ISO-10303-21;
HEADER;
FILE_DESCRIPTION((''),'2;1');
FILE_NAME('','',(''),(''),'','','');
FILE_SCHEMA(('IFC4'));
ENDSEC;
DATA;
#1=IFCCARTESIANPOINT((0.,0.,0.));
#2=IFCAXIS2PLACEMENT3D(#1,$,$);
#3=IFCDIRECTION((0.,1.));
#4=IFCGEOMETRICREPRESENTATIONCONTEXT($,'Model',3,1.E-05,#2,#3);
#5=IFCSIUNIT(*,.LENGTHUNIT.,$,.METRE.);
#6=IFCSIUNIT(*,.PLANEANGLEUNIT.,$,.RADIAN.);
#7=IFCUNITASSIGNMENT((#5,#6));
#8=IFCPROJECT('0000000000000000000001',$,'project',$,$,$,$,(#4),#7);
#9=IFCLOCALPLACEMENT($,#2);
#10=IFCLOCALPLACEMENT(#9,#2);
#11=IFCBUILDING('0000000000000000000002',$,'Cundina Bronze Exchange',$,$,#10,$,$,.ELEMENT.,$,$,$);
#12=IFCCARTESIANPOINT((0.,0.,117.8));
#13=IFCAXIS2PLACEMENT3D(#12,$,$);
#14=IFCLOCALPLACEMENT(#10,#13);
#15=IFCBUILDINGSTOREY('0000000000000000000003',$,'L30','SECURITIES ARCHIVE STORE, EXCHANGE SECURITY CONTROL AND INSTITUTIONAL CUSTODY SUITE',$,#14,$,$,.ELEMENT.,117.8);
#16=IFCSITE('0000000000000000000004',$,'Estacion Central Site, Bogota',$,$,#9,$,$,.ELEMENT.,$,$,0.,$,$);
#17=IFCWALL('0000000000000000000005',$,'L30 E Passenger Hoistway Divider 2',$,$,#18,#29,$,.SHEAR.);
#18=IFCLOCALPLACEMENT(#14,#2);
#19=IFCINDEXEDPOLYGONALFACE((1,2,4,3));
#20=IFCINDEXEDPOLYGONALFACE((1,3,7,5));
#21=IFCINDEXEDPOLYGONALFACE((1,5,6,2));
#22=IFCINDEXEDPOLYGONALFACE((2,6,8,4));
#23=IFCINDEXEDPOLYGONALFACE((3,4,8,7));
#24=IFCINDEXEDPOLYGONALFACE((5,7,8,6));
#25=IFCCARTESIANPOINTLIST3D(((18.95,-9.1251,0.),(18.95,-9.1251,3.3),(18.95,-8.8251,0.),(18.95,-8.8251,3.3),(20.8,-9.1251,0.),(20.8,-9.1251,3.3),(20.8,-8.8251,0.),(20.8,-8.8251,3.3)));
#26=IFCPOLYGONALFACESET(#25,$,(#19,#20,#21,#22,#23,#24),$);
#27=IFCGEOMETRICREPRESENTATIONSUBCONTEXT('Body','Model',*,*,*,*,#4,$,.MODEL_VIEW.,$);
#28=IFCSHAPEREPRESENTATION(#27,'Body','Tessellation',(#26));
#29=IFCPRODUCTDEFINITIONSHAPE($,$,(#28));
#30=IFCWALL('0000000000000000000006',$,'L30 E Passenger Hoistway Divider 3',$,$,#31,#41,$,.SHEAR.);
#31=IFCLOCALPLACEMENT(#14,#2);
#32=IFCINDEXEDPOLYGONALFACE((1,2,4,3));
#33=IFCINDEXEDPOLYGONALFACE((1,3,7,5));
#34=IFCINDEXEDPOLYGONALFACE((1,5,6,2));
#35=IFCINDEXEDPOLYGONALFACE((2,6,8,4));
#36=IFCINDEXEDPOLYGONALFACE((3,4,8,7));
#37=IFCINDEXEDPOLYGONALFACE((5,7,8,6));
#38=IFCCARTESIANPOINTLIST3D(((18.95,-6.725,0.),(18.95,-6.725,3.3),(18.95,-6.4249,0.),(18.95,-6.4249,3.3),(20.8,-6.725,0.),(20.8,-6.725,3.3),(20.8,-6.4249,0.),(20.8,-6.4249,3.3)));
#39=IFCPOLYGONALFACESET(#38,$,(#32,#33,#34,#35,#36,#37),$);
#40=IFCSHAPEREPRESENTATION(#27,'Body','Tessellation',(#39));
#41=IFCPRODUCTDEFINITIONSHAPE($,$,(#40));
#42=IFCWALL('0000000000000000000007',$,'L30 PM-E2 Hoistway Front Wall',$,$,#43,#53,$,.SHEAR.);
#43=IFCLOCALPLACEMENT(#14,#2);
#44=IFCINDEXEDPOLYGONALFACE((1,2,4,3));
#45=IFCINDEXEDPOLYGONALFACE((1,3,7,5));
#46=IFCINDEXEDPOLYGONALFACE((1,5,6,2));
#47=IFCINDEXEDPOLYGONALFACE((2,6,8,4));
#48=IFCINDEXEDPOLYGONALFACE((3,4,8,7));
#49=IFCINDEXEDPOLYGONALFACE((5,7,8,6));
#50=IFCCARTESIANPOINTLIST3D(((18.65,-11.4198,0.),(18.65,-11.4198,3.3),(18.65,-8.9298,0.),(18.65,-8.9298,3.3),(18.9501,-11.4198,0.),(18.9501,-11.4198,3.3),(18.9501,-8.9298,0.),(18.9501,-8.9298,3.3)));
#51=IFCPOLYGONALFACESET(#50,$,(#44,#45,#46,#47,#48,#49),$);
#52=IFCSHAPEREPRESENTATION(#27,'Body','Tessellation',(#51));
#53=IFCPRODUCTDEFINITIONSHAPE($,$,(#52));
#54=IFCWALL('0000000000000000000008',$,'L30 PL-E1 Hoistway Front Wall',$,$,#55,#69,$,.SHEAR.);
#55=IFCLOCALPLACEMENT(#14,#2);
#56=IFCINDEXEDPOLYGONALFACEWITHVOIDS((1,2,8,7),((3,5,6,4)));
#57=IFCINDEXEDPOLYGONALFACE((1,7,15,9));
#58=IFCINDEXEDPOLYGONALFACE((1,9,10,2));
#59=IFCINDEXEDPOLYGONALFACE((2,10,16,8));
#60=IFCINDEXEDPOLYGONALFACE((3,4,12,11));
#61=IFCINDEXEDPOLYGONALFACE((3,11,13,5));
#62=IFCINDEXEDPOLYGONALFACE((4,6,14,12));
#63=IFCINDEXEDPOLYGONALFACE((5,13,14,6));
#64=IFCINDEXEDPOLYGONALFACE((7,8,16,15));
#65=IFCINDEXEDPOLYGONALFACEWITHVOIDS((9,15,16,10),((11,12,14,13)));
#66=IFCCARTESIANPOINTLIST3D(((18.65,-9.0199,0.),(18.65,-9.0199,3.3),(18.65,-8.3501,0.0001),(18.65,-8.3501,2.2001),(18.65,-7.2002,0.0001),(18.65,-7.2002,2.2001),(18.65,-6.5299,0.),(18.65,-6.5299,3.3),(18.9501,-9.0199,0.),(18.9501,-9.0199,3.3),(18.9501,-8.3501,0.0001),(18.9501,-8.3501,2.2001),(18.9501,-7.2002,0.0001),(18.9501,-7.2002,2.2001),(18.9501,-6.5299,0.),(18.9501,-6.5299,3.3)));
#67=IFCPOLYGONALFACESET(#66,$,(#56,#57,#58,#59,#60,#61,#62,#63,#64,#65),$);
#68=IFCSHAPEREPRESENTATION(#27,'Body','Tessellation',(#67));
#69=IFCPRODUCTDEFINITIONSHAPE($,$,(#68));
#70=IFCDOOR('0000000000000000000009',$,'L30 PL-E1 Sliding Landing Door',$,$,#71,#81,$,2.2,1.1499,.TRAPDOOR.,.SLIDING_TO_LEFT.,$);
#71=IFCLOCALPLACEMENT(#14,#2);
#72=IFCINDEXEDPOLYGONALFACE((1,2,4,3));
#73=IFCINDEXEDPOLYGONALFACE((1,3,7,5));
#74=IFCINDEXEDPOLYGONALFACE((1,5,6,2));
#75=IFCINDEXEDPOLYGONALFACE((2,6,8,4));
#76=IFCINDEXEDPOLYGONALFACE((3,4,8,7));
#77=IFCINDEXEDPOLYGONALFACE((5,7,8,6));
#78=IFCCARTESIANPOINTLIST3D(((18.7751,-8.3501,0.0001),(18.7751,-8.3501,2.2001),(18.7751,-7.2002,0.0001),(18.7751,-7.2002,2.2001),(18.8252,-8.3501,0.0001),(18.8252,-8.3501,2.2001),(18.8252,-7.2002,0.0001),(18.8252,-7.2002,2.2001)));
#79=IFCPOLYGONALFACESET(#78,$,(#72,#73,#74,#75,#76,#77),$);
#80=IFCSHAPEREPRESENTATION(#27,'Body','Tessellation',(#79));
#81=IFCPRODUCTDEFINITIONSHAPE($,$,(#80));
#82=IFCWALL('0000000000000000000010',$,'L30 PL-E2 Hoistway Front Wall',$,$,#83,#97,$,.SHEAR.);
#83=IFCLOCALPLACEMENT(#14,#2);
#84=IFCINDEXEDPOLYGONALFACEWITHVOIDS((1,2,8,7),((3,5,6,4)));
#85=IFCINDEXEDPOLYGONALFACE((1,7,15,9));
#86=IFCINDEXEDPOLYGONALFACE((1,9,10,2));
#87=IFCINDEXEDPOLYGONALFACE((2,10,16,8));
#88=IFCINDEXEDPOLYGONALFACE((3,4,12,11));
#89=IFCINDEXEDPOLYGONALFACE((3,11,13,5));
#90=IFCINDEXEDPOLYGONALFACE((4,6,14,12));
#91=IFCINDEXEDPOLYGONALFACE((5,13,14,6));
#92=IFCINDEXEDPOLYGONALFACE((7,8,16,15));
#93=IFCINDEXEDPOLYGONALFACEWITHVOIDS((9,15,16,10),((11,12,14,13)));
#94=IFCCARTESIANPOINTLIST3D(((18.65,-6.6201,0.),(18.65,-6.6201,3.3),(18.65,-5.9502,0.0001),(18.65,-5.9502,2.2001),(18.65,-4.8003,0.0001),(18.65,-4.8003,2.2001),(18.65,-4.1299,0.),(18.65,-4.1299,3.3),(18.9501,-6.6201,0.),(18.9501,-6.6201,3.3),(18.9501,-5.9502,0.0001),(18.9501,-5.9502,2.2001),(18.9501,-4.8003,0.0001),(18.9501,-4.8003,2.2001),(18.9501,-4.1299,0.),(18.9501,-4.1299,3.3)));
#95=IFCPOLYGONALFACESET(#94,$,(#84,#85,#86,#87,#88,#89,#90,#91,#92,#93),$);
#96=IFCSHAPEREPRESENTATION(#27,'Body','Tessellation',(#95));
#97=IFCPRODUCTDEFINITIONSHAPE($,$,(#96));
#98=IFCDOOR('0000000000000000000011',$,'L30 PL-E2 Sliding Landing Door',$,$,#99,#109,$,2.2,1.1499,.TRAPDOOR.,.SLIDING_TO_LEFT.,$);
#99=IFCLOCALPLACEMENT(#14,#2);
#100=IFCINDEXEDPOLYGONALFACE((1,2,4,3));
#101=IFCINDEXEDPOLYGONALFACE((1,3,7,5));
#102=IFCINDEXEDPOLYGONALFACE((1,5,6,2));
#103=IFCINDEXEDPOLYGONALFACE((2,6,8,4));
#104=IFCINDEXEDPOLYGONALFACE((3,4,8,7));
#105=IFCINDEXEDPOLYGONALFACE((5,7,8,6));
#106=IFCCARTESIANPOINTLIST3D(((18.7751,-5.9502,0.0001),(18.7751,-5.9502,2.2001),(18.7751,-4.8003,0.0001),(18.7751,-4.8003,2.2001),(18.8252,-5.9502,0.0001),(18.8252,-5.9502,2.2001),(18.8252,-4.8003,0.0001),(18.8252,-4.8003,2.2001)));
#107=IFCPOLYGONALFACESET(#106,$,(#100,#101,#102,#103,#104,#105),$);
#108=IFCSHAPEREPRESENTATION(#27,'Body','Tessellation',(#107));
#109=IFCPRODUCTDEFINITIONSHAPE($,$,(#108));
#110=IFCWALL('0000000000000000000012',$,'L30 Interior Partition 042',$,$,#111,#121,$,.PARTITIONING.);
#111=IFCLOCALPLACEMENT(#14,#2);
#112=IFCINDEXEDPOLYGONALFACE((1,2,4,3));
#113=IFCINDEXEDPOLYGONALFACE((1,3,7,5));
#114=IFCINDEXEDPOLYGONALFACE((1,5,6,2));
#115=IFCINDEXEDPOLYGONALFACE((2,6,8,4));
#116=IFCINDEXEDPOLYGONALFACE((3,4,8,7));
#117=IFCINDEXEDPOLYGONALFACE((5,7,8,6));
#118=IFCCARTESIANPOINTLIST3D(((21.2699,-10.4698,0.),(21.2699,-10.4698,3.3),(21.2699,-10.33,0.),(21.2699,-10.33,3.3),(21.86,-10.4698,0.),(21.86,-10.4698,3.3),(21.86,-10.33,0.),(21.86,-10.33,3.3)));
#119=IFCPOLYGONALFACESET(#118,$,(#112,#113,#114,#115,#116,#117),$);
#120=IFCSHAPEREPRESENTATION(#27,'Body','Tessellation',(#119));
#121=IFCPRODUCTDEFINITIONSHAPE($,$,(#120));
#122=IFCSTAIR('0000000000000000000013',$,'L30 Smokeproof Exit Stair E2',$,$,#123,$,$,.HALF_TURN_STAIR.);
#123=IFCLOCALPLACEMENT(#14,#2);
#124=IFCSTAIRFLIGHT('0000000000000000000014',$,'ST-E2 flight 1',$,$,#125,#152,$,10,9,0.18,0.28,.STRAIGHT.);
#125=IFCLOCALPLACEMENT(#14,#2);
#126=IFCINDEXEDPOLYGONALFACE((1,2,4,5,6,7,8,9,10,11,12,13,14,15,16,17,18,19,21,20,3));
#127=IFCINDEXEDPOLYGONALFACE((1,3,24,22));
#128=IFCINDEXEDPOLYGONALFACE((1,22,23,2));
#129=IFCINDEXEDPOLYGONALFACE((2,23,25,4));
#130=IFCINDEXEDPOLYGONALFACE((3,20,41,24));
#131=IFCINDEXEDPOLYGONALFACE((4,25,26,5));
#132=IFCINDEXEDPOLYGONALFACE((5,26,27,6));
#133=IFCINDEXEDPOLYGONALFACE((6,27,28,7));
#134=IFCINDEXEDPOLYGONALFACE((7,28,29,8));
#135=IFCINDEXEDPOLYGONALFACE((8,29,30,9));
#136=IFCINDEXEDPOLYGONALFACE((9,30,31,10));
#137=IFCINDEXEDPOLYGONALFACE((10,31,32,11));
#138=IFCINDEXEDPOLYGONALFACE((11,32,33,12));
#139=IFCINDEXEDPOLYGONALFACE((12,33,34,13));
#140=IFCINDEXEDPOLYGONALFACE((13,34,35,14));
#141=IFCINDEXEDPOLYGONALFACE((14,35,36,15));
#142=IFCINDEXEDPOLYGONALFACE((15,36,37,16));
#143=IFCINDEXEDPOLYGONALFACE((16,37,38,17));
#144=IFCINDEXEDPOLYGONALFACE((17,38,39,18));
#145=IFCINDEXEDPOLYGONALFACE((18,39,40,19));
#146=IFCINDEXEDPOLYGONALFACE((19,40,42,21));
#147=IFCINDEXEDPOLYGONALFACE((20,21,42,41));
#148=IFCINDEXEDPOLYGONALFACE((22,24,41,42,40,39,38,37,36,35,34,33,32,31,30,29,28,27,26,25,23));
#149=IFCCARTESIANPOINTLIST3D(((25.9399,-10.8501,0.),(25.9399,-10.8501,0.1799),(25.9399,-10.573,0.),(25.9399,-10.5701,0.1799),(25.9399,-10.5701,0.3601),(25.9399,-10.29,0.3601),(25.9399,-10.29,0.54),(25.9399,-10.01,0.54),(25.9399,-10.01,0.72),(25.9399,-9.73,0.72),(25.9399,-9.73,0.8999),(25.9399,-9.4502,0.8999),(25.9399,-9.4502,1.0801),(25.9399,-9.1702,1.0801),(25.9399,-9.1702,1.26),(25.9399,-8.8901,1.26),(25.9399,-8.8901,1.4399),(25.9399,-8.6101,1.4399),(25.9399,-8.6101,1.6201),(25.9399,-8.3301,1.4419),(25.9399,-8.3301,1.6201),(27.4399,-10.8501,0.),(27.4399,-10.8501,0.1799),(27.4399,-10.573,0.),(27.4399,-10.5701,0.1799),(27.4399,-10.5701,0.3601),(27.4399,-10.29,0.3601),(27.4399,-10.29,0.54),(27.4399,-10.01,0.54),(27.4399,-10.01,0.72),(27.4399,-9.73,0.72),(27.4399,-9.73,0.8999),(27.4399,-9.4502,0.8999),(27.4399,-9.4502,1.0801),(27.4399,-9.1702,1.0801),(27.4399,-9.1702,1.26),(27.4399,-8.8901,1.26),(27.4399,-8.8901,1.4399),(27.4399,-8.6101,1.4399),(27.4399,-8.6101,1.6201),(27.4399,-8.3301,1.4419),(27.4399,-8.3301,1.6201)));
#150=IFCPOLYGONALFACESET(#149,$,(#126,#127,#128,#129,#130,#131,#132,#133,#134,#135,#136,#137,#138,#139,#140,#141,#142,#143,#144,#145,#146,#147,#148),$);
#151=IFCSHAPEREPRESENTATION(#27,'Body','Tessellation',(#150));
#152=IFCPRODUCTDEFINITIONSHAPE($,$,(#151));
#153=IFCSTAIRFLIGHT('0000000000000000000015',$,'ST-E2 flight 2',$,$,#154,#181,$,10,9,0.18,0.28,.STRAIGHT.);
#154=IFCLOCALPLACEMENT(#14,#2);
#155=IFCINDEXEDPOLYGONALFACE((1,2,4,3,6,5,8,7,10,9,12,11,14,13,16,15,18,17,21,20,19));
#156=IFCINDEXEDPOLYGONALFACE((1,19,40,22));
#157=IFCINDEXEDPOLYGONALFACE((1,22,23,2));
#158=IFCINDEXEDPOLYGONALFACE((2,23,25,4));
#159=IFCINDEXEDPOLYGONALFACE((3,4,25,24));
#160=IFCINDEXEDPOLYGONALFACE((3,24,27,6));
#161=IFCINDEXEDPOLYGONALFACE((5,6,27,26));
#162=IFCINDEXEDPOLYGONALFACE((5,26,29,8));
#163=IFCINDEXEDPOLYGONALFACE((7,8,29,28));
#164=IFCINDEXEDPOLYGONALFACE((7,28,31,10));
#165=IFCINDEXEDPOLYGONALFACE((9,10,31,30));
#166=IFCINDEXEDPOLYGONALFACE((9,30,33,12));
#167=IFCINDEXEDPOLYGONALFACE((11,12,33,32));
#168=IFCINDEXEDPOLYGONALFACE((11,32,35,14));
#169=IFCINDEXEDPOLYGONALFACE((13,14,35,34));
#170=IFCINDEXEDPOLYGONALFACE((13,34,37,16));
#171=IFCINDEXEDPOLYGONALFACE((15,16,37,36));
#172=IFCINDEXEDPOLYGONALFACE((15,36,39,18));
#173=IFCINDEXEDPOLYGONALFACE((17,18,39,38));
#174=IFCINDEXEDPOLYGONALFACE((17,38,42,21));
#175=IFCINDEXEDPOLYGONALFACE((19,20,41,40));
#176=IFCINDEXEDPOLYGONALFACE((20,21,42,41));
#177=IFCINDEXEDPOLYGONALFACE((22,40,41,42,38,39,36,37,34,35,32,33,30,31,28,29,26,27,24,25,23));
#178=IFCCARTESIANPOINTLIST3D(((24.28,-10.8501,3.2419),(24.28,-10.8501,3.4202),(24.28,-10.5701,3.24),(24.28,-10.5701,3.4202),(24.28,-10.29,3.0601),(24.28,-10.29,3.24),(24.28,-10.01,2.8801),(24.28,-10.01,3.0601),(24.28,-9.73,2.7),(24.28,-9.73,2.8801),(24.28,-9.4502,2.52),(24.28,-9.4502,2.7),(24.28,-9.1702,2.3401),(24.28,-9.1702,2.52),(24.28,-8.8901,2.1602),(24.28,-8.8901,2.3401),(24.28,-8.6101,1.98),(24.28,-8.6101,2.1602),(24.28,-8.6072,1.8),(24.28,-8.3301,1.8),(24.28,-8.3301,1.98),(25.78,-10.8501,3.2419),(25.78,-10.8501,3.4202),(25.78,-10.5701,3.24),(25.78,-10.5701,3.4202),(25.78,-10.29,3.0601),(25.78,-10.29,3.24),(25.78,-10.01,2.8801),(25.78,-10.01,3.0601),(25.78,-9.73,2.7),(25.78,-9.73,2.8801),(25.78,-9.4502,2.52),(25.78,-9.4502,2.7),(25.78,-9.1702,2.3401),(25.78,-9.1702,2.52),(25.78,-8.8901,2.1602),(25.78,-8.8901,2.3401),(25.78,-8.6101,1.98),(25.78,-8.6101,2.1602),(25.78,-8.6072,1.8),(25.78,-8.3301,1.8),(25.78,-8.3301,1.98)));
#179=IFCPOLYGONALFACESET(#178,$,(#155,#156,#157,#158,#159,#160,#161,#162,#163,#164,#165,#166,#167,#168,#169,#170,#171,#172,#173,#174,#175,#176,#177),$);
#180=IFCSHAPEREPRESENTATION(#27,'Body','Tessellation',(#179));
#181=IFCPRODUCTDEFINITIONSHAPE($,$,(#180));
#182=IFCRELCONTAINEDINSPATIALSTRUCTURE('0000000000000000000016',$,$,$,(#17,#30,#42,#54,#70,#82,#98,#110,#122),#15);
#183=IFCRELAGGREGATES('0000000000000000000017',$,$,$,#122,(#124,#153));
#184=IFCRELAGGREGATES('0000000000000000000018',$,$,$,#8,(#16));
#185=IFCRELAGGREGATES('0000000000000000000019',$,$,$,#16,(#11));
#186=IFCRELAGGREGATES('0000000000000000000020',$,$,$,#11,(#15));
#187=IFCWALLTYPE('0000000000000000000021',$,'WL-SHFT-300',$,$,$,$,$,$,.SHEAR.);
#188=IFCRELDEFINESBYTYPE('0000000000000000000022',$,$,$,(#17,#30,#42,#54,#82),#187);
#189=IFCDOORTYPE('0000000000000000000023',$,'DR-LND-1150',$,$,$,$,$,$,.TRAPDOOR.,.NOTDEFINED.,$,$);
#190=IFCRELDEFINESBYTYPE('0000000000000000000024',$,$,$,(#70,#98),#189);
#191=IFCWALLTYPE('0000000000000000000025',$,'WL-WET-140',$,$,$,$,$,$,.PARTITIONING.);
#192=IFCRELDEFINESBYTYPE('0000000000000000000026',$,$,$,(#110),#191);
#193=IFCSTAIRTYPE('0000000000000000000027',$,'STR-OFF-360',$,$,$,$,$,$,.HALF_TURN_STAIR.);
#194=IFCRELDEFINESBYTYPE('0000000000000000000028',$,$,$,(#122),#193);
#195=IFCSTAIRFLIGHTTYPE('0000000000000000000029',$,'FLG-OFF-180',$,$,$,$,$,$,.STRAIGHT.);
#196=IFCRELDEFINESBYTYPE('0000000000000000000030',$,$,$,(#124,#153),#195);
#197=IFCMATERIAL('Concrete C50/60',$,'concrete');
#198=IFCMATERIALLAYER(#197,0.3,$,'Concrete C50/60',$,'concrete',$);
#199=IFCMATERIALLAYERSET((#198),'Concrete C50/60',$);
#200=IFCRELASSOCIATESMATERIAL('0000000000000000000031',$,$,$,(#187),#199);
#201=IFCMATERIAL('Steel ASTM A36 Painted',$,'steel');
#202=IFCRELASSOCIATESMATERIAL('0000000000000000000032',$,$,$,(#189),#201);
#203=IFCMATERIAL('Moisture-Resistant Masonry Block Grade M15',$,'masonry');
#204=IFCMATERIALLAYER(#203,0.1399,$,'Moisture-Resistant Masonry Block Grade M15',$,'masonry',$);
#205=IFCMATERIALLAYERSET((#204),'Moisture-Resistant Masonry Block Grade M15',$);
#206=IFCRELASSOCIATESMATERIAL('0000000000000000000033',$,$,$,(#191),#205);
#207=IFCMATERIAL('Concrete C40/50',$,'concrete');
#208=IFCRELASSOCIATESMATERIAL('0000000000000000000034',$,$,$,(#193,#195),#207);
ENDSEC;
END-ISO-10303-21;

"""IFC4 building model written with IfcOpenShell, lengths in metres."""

from ifc_helpers import new_model, si_unit, direction, frame, frame_2d, origin, place, context, subcontext, project, spatial, polyline, rectangle, outline, extrude, material, layer, layer_set, type_object, element, fill, aggregate, save


model = new_model("IFC4")

# Units and contexts
model_context = context("Model", 3, precision=1e-05, world=origin(), true_north=direction((0.0, 1.0)))
body_context = subcontext(model_context, "Body", "Model", "MODEL_VIEW")
ifc_project = project(units=[si_unit("LENGTHUNIT", "METRE"), si_unit("PLANEANGLEUNIT", "RADIAN")], contexts=[model_context])

# Site, building, storey
site_placement = place(None, origin())
site = spatial("IfcSite", under=ifc_project, at=site_placement, Name="Estacion Central Site, Bogota", CompositionType="ELEMENT", RefElevation=0.0)
building_placement = place(site_placement, origin())
building = spatial("IfcBuilding", under=site, at=building_placement, Name="Cundina Bronze Exchange", CompositionType="ELEMENT")
storey_placement = place(building_placement, frame((0.0, 0.0, 117.8)))
storey = spatial("IfcBuildingStorey", under=building, at=storey_placement, Name="L30", Description="SECURITIES ARCHIVE STORE, EXCHANGE SECURITY CONTROL AND INSTITUTIONAL CUSTODY SUITE", CompositionType="ELEMENT", Elevation=117.8)

# Shared definitions
ifc_material_1 = material(Name="Concrete C50/60", Category="concrete")
ifc_layer_1 = layer(ifc_material_1, 0.3, Name="Concrete C50/60", Category="concrete")
ifc_layer_set_1 = layer_set([ifc_layer_1], Name="Concrete C50/60")
wall_type_1 = type_object("IfcWallType", Name="WL-SHFT-300", PredefinedType="SHEAR", material=ifc_layer_set_1)

# Shared definitions
ifc_material_2 = material(Name="Steel ASTM A36 Painted", Category="steel")
door_type_1 = type_object("IfcDoorType", Name="DR-LND-1150", OperationType="NOTDEFINED", PredefinedType="TRAPDOOR", material=ifc_material_2)

# Walls
for number, where, z_axis, x_axis, name in (
    (1, (18.95, -8.9751, 0.0), (0.0, 0.0, 1.0), (1.0, 0.0, 0.0), "L30 E Passenger Hoistway Divider 2"),
    (2, (18.95, -6.575, 0.0), (0.0, 0.0, 1.0), (1.0, 0.0, 0.0), "L30 E Passenger Hoistway Divider 3"),
):
    element("IfcWall", number, at=place(storey_placement, frame(where, z_axis=z_axis, x_axis=x_axis)), inside=storey, type_object=wall_type_1, Name=name, PredefinedType="SHEAR", context=body_context, shape_type="SweptSolid", body=[
        extrude(rectangle(XDim=1.8501, YDim=0.3, at=frame_2d((0.925, 0.0))), origin(), (0.0, 0.0, 1.0), 3.3),
    ])
wall_1_placement = place(storey_placement, frame((18.8, -11.4199, 0.0), z_axis=(0.0, 0.0, 1.0), x_axis=(0.0, 1.0, 0.0)))
element("IfcWall", 3, at=wall_1_placement, inside=storey, type_object=wall_type_1, Name="L30 PM-E2 Hoistway Front Wall", PredefinedType="SHEAR", context=body_context, shape_type="SweptSolid", body=[
    extrude(rectangle(XDim=2.49, YDim=0.3, at=frame_2d((1.2451, 0.0))), origin(), (0.0, 0.0, 1.0), 3.3),
])

# Walls, openings, doors
wall_2_placement = place(storey_placement, frame((18.8, -9.02, 0.0), z_axis=(0.0, 0.0, 1.0), x_axis=(0.0, 1.0, 0.0)))
wall_2 = element("IfcWall", 4, at=wall_2_placement, inside=storey, type_object=wall_type_1, Name="L30 PL-E1 Hoistway Front Wall", PredefinedType="SHEAR", context=body_context, shape_type="SweptSolid", body=[
    extrude(rectangle(XDim=2.49, YDim=0.3, at=frame_2d((1.2451, 0.0))), origin(), (0.0, 0.0, 1.0), 3.3),
])
opening_1_placement = place(wall_2_placement, frame((0.6699, 0.0, 0.0)))
opening_1 = element("IfcOpeningElement", 5, at=opening_1_placement, cuts=wall_2, PredefinedType="OPENING", context=body_context, shape_type="SweptSolid", body=[
    extrude(rectangle(XDim=1.1499, YDim=2.2, at=frame_2d((0.575, 1.1001))), frame((0.0, 0.1599, 0.0), z_axis=(0.0, -1.0, 0.0), x_axis=(1.0, 0.0, 0.0)), (0.0, 0.0, 1.0), 0.3201),
])
door_1_placement = place(opening_1_placement, origin())
door_1 = element("IfcDoor", 6, at=door_1_placement, inside=storey, type_object=door_type_1, Name="L30 PL-E1 Sliding Landing Door", OperationType="SLIDING_TO_LEFT", OverallHeight=2.2, OverallWidth=1.1499, PredefinedType="TRAPDOOR", context=body_context, shape_type="SweptSolid", body=[
    extrude(rectangle(XDim=1.1499, YDim=2.2, at=frame_2d((0.575, 1.1001))), frame((0.0, 0.0249, 0.0), z_axis=(0.0, -1.0, 0.0), x_axis=(1.0, 0.0, 0.0)), (0.0, 0.0, 1.0), 0.05),
])
fill(opening_1, door_1)
wall_3_placement = place(storey_placement, frame((18.8, -6.6201, 0.0), z_axis=(0.0, 0.0, 1.0), x_axis=(0.0, 1.0, 0.0)))
wall_3 = element("IfcWall", 7, at=wall_3_placement, inside=storey, type_object=wall_type_1, Name="L30 PL-E2 Hoistway Front Wall", PredefinedType="SHEAR", context=body_context, shape_type="SweptSolid", body=[
    extrude(rectangle(XDim=2.4902, YDim=0.3, at=frame_2d((1.2451, 0.0))), origin(), (0.0, 0.0, 1.0), 3.3),
])
opening_2_placement = place(wall_3_placement, frame((0.6699, 0.0, 0.0)))
opening_2 = element("IfcOpeningElement", 8, at=opening_2_placement, cuts=wall_3, PredefinedType="OPENING", context=body_context, shape_type="SweptSolid", body=[
    extrude(rectangle(XDim=1.1499, YDim=2.2, at=frame_2d((0.575, 1.1001))), frame((0.0, 0.1599, 0.0), z_axis=(0.0, -1.0, 0.0), x_axis=(1.0, 0.0, 0.0)), (0.0, 0.0, 1.0), 0.3201),
])
door_2_placement = place(opening_2_placement, origin())
door_2 = element("IfcDoor", 9, at=door_2_placement, inside=storey, type_object=door_type_1, Name="L30 PL-E2 Sliding Landing Door", OperationType="SLIDING_TO_LEFT", OverallHeight=2.2, OverallWidth=1.1499, PredefinedType="TRAPDOOR", context=body_context, shape_type="SweptSolid", body=[
    extrude(rectangle(XDim=1.1499, YDim=2.2, at=frame_2d((0.575, 1.1001))), frame((0.0, 0.0249, 0.0), z_axis=(0.0, -1.0, 0.0), x_axis=(1.0, 0.0, 0.0)), (0.0, 0.0, 1.0), 0.05),
])
fill(opening_2, door_2)

# Wall
ifc_material_3 = material(Name="Moisture-Resistant Masonry Block Grade M15", Category="masonry")
ifc_layer_2 = layer(ifc_material_3, 0.1399, Name="Moisture-Resistant Masonry Block Grade M15", Category="masonry")
ifc_layer_set_2 = layer_set([ifc_layer_2], Name="Moisture-Resistant Masonry Block Grade M15")
wall_type_2 = type_object("IfcWallType", Name="WL-WET-140", PredefinedType="PARTITIONING", material=ifc_layer_set_2)
wall_4_placement = place(storey_placement, frame((21.27, -10.3999, 0.0), z_axis=(0.0, 0.0, 1.0), x_axis=(1.0, 0.0, 0.0)))
element("IfcWall", 10, at=wall_4_placement, inside=storey, type_object=wall_type_2, Name="L30 Interior Partition 042", PredefinedType="PARTITIONING", context=body_context, shape_type="SweptSolid", body=[
    extrude(rectangle(XDim=0.5901, YDim=0.1399, at=frame_2d((0.2949, 0.0))), origin(), (0.0, 0.0, 1.0), 3.3),
])

# Stair, stair flights
ifc_material_4 = material(Name="Concrete C40/50", Category="concrete")
stair_type = type_object("IfcStairType", Name="STR-OFF-360", PredefinedType="HALF_TURN_STAIR", material=ifc_material_4)
stair_placement = place(storey_placement, origin())
stair = element("IfcStair", 11, at=stair_placement, inside=storey, type_object=stair_type, Name="L30 Smokeproof Exit Stair E2", PredefinedType="HALF_TURN_STAIR")
stair_flight_type = type_object("IfcStairFlightType", Name="FLG-OFF-180", PredefinedType="STRAIGHT", material=ifc_material_4)
stair_flight_1_placement = place(storey_placement, frame((26.6899, -10.8501, 0.0), z_axis=(0.0, 0.0, 1.0), x_axis=(0.0, 1.0, 0.0)))
stair_flight_1 = element("IfcStairFlight", 12, at=stair_flight_1_placement, type_object=stair_flight_type, Name="ST-E2 flight 1", NumberOfRisers=10, NumberOfTreads=9, PredefinedType="STRAIGHT", RiserHeight=0.18, TreadLength=0.28, context=body_context, shape_type="SweptSolid", body=[
    extrude(outline(polyline([(0.0, 0.0), (0.0, 0.1799), (0.28, 0.1799), (0.28, 0.3601), (0.5601, 0.3601), (0.5601, 0.54), (0.8401, 0.54), (0.8401, 0.72), (1.1201, 0.72), (1.1201, 0.8999), (1.3999, 0.8999), (1.3999, 1.0801), (1.6799, 1.0801), (1.6799, 1.26), (1.96, 1.26), (1.96, 1.4399), (2.24, 1.4399), (2.24, 1.6201), (2.52, 1.6201), (2.52, 1.8), (2.52, 1.4419), (0.2771, 0.0), (0.0, 0.0)])), frame((0.0, 0.75, 0.0), z_axis=(0.0, -1.0, 0.0), x_axis=(1.0, 0.0, 0.0)), (0.0, 0.0, 1.0), 1.5),
])
stair_flight_2_placement = place(storey_placement, frame((25.03, -8.3301, 1.8), z_axis=(0.0, 0.0, 1.0), x_axis=(0.0, -1.0, 0.0)))
stair_flight_2 = element("IfcStairFlight", 13, at=stair_flight_2_placement, type_object=stair_flight_type, Name="ST-E2 flight 2", NumberOfRisers=10, NumberOfTreads=9, PredefinedType="STRAIGHT", RiserHeight=0.18, TreadLength=0.28, context=body_context, shape_type="SweptSolid", body=[
    extrude(outline(polyline([(0.0, 0.0), (0.0, 0.1799), (0.28, 0.1799), (0.28, 0.3601), (0.5601, 0.3601), (0.5601, 0.54), (0.8401, 0.54), (0.8401, 0.72), (1.1201, 0.72), (1.1201, 0.8999), (1.3999, 0.8999), (1.3999, 1.0801), (1.6799, 1.0801), (1.6799, 1.26), (1.96, 1.26), (1.96, 1.4399), (2.24, 1.4399), (2.24, 1.6201), (2.52, 1.6201), (2.52, 1.8), (2.52, 1.4419), (0.2771, 0.0), (0.0, 0.0)])), frame((0.0, 0.75, 0.0), z_axis=(0.0, -1.0, 0.0), x_axis=(1.0, 0.0, 0.0)), (0.0, 0.0, 1.0), 1.5),
])
aggregate(stair, [stair_flight_1, stair_flight_2])

save(model, "model.ifc")
